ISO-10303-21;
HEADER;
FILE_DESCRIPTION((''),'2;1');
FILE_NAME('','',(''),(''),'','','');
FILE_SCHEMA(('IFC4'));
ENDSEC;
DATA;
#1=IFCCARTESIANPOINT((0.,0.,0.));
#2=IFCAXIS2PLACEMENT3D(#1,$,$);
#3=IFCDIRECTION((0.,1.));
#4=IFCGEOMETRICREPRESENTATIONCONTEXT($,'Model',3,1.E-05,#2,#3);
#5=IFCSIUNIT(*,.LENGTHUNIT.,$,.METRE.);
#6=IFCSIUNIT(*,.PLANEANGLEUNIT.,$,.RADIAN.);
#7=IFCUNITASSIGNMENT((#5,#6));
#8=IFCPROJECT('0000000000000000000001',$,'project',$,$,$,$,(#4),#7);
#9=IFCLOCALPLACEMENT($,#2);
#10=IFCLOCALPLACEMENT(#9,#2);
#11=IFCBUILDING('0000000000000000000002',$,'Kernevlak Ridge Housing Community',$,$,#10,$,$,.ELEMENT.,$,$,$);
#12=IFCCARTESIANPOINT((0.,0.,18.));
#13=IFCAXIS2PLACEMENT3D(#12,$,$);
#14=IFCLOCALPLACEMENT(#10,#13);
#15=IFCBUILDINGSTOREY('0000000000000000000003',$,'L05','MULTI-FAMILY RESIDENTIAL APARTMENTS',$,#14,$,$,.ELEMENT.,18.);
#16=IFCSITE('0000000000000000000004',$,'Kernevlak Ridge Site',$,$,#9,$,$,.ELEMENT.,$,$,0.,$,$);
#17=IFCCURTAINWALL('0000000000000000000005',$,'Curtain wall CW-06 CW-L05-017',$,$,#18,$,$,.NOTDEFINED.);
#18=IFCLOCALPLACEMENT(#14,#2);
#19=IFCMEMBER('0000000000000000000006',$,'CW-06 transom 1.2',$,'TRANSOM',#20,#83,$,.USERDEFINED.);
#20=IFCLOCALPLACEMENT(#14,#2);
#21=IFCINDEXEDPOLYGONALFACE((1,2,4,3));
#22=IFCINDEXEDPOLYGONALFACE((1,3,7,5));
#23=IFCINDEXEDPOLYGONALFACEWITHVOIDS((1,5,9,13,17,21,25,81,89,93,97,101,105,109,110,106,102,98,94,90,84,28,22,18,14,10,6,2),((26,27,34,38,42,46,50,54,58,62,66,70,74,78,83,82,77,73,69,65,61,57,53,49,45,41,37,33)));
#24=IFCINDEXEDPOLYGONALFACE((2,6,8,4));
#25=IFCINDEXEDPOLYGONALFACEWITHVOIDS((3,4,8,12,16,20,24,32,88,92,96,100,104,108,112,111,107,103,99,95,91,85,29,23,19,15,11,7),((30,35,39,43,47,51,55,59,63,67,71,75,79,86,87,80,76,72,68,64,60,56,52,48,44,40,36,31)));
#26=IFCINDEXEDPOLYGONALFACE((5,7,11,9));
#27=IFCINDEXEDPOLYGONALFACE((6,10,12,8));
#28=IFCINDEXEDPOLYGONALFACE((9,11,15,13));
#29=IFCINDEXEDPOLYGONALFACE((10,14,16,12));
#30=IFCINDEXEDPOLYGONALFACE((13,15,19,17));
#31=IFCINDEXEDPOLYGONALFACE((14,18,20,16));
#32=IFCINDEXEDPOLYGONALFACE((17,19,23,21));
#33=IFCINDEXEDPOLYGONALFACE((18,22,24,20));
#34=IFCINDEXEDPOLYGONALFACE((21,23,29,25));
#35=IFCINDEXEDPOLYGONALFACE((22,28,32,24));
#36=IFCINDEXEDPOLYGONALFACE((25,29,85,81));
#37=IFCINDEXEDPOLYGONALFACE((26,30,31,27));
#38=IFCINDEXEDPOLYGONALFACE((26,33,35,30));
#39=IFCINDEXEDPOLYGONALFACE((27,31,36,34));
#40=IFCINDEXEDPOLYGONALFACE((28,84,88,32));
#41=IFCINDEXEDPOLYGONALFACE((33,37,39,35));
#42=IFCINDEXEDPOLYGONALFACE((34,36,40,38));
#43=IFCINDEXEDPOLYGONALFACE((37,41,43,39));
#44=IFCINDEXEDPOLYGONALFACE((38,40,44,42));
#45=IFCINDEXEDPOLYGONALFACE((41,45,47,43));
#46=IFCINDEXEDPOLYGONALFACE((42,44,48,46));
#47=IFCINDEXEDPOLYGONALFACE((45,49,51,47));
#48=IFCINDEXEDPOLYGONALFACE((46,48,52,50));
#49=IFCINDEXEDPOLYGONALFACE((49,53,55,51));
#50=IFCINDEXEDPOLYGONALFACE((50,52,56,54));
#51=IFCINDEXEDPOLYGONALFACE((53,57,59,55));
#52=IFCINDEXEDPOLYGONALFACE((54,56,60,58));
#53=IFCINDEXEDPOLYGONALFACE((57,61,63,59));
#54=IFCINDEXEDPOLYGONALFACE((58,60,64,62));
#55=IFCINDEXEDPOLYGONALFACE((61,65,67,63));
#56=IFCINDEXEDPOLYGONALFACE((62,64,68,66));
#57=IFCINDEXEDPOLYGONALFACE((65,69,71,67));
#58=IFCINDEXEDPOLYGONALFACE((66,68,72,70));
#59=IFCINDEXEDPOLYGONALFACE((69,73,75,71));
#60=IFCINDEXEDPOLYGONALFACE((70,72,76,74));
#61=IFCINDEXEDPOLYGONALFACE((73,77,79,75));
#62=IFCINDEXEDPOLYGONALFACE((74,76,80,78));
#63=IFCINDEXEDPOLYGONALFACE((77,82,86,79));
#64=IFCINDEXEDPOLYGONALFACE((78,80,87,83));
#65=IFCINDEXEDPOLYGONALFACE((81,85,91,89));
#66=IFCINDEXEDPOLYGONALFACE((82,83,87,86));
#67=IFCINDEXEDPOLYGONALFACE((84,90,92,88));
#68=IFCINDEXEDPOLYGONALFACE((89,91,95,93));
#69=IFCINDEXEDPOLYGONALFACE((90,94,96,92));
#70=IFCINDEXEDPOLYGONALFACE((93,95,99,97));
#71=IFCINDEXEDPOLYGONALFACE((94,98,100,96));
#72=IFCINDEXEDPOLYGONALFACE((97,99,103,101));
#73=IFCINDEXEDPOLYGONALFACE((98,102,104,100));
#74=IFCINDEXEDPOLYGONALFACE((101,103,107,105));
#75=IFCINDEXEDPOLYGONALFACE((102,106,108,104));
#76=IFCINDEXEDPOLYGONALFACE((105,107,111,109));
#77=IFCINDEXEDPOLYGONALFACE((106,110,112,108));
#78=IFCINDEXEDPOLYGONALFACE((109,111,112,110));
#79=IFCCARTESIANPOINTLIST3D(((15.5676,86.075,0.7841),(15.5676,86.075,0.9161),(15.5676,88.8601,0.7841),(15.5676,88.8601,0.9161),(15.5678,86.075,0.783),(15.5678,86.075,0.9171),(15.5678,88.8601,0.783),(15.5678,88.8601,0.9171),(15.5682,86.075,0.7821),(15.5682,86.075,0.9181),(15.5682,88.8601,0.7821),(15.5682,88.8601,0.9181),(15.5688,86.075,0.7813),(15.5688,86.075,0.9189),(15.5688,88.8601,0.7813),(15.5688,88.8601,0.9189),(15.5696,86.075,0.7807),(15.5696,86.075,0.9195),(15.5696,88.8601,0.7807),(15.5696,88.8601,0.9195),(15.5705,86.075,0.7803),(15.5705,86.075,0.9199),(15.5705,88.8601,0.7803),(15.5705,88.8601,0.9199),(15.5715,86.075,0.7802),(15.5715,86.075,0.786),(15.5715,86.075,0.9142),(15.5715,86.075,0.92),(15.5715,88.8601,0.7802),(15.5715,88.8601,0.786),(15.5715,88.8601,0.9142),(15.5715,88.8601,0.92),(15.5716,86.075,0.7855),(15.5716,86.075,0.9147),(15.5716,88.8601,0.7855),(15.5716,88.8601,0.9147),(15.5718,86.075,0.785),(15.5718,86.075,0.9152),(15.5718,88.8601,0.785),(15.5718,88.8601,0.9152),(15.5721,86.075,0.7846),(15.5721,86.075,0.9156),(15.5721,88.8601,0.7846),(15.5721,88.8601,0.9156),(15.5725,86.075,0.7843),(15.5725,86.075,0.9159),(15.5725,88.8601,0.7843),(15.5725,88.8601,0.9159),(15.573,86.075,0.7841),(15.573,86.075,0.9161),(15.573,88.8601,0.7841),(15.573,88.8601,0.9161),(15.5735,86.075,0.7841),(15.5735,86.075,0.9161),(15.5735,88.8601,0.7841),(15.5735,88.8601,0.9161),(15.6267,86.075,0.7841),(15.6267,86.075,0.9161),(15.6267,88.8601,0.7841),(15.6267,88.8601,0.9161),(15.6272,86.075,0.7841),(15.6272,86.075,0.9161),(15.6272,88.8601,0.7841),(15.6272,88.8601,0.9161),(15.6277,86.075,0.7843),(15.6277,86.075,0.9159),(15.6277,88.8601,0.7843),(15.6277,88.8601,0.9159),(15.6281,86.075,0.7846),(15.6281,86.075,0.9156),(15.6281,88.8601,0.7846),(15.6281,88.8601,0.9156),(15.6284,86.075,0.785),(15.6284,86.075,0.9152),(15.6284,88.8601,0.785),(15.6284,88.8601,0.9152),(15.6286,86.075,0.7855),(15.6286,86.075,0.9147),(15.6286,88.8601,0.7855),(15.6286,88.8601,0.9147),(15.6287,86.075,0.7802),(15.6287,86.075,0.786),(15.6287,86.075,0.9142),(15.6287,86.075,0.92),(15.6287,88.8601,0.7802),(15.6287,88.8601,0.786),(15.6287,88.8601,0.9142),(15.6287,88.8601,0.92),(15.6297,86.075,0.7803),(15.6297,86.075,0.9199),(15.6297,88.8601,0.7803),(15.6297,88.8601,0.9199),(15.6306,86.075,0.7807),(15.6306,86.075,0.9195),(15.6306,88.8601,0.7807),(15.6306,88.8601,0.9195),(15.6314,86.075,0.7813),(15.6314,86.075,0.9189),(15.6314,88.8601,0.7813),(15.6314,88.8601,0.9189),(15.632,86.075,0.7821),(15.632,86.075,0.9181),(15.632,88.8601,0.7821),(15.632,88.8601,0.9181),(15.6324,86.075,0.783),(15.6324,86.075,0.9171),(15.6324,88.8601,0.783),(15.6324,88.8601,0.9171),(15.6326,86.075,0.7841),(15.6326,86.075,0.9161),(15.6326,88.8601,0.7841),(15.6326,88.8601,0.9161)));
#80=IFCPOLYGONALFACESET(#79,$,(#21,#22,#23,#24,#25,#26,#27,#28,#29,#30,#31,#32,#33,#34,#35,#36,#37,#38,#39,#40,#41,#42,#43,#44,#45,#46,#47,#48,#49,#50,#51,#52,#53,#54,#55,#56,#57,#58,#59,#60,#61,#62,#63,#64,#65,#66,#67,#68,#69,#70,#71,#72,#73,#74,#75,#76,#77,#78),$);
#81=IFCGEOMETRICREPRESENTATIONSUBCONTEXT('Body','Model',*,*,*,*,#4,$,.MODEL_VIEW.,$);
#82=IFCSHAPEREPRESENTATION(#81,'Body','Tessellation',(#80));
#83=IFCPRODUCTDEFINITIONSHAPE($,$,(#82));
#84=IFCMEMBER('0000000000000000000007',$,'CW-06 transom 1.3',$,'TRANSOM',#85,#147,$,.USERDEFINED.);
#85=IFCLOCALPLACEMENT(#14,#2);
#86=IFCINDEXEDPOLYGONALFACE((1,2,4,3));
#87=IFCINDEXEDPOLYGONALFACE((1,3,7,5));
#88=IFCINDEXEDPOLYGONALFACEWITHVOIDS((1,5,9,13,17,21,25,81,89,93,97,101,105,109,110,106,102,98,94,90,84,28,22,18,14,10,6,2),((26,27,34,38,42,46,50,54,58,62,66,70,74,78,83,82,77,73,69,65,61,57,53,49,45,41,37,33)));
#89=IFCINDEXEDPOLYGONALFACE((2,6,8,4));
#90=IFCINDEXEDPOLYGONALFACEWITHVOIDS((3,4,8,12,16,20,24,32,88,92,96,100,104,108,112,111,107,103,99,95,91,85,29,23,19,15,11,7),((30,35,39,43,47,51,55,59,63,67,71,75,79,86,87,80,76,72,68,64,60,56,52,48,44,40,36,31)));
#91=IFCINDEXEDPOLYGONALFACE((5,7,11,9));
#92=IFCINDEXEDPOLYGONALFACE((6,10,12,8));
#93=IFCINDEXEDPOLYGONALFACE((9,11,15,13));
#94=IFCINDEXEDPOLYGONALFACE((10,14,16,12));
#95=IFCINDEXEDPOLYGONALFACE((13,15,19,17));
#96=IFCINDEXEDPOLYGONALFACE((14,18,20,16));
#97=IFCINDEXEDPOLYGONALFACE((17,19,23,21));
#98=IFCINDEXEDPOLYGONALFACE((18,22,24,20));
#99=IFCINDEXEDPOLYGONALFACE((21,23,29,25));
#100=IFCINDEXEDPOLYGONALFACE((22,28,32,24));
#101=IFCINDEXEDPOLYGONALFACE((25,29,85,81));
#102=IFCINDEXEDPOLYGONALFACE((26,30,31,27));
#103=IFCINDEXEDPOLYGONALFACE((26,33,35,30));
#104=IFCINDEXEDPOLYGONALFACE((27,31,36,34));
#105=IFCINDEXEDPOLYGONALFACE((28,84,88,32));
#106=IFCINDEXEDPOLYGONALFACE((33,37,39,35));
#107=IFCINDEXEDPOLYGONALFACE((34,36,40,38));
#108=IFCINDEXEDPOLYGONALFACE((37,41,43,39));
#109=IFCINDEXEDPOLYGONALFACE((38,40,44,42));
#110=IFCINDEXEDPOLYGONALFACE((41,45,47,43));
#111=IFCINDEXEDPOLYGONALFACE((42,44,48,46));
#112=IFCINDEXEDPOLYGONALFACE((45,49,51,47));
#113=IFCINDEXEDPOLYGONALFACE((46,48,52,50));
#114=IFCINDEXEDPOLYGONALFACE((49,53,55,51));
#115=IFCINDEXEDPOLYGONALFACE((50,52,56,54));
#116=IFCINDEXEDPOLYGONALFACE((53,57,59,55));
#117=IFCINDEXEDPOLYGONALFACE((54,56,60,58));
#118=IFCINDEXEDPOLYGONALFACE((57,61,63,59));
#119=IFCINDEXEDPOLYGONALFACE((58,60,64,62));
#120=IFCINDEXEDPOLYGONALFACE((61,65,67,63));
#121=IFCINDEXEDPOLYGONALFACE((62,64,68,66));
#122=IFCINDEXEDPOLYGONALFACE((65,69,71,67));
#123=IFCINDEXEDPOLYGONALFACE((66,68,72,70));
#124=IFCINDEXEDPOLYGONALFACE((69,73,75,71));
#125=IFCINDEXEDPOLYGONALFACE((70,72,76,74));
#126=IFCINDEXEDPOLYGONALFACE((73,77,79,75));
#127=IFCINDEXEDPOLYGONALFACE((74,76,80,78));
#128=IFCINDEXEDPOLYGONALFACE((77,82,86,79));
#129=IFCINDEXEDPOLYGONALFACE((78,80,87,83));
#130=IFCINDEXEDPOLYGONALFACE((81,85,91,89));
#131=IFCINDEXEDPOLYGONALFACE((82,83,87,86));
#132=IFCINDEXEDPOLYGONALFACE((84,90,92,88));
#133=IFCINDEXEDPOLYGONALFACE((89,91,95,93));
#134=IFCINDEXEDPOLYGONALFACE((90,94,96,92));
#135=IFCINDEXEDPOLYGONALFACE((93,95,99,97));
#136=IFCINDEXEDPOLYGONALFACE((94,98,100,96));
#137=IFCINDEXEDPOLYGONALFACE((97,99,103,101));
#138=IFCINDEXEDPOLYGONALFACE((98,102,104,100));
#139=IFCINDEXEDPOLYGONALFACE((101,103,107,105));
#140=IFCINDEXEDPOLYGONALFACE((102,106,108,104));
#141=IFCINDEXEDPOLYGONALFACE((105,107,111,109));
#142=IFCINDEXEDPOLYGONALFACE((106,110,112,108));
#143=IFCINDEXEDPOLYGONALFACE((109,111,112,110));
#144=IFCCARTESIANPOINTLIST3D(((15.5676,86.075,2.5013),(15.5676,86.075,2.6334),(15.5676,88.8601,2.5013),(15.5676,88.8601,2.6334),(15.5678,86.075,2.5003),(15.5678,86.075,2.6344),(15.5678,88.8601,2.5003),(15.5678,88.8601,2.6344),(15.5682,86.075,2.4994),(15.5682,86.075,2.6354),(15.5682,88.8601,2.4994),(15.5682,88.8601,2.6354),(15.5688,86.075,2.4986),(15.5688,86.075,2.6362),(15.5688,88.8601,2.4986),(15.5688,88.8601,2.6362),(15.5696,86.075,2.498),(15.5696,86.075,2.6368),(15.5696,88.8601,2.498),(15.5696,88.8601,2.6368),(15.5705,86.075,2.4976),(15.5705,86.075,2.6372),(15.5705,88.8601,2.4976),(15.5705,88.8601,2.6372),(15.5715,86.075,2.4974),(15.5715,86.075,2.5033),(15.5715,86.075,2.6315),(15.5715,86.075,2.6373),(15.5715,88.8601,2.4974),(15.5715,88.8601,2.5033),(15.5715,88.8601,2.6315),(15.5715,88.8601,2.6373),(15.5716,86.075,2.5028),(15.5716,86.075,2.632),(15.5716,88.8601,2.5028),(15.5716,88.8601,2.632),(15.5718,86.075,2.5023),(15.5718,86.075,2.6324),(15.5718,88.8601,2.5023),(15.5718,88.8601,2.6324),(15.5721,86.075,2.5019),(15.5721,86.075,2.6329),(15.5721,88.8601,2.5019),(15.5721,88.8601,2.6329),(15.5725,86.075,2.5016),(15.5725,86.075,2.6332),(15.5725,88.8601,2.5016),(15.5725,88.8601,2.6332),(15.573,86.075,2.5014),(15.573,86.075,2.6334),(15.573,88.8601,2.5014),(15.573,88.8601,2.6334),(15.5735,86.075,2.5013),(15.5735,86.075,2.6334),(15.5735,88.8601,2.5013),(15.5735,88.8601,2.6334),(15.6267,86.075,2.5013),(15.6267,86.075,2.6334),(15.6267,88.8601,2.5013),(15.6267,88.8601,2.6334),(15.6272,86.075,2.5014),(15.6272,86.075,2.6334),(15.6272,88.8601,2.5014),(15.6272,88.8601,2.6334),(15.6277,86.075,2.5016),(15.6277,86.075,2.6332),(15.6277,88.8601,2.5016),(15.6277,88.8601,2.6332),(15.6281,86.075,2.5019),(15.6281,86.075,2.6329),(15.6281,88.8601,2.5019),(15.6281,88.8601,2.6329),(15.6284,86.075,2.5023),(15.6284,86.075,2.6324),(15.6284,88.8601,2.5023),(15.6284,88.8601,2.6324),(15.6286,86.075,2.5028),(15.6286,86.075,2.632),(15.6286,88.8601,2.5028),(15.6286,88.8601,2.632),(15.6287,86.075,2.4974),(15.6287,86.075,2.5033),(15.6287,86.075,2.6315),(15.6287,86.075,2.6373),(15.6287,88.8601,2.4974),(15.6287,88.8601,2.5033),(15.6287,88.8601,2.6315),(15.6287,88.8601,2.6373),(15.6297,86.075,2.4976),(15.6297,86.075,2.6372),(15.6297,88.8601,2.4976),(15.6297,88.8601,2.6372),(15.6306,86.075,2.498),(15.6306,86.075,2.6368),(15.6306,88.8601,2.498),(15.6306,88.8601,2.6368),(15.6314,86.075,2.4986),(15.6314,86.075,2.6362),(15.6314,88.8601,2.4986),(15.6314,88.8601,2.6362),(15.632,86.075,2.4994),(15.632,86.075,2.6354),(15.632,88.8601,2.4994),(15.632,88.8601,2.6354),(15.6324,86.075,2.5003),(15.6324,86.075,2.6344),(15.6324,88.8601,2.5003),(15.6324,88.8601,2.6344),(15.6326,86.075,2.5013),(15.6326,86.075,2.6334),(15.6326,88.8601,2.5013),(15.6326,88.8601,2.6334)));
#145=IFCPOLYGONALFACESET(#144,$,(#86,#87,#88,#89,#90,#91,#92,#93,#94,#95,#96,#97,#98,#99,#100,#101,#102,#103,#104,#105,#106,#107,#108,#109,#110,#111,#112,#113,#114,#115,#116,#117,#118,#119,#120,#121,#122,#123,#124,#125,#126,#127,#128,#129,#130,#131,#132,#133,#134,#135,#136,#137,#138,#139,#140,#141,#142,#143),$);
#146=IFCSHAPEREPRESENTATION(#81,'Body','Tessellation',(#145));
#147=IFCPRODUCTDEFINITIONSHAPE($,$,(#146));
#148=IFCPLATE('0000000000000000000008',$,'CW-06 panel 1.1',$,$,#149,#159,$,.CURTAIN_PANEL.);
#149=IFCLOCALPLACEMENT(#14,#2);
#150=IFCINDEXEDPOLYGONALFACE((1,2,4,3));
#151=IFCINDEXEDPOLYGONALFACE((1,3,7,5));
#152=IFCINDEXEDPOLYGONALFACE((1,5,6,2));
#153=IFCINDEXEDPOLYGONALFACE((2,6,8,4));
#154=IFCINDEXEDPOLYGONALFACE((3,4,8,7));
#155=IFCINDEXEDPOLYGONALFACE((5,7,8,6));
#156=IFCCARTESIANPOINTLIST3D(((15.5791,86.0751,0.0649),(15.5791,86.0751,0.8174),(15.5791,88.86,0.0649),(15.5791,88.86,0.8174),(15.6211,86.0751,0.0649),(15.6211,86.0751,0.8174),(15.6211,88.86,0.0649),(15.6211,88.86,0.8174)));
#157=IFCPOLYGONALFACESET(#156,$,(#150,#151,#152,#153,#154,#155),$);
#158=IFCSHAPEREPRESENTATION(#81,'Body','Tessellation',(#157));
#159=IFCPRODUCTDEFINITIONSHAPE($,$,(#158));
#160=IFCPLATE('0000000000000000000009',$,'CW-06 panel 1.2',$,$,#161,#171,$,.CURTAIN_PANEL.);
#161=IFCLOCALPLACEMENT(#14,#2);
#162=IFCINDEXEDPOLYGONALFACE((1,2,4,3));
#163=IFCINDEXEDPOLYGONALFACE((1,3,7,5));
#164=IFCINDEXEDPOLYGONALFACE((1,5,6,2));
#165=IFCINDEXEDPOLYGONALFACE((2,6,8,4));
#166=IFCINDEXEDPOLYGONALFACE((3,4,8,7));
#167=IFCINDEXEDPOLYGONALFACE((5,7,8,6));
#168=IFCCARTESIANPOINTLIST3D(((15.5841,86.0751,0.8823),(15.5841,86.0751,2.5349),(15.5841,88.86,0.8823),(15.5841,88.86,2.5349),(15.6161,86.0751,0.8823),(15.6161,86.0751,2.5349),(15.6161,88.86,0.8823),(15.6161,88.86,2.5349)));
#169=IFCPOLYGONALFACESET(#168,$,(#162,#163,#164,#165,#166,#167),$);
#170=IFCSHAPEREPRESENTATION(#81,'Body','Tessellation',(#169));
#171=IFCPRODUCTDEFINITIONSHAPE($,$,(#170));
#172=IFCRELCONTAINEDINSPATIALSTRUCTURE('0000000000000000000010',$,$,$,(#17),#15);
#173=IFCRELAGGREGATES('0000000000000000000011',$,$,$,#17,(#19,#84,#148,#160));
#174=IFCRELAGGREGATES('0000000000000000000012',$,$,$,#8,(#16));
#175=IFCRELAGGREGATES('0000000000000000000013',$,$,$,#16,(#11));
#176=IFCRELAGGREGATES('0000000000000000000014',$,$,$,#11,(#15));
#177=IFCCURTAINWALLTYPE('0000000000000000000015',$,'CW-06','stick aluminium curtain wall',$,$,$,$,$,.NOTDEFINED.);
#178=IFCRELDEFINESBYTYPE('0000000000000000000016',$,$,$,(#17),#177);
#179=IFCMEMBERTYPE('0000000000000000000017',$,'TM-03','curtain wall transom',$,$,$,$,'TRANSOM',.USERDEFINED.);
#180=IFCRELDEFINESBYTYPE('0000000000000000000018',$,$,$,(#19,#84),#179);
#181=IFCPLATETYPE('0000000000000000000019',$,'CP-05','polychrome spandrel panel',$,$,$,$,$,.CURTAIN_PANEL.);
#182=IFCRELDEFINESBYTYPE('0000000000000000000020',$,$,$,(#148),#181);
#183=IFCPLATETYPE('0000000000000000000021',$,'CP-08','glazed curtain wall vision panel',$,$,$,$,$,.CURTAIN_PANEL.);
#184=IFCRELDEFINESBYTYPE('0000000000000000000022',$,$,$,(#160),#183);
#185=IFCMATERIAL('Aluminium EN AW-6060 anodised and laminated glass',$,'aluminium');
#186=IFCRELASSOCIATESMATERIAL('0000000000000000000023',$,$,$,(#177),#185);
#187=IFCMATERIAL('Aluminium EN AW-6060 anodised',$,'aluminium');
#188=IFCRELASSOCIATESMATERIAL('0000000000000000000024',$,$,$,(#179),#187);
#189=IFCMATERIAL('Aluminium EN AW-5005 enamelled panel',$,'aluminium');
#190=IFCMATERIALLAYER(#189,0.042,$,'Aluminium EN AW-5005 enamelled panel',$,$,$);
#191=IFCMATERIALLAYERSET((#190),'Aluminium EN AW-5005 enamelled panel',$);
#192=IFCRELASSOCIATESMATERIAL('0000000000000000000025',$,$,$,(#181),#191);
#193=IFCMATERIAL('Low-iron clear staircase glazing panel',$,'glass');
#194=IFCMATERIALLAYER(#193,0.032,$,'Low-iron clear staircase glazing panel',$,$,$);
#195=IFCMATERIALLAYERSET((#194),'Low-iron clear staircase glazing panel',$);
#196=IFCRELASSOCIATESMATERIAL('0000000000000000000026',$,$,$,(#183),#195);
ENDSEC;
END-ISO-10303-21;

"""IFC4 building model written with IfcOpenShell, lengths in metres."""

from ifc_helpers import new_model, si_unit, direction, frame, origin, origin_2d, place, context, subcontext, project, spatial, rectangle, hollow_rectangle, extrude, material, layer, layer_set, material_profile, profile_set, type_object, element, aggregate, save


model = new_model("IFC4")

# Units and contexts
model_context = context("Model", 3, precision=1e-05, world=origin(), true_north=direction((0.0, 1.0)))
body_context = subcontext(model_context, "Body", "Model", "MODEL_VIEW")
ifc_project = project(units=[si_unit("LENGTHUNIT", "METRE"), si_unit("PLANEANGLEUNIT", "RADIAN")], contexts=[model_context])

# Site, building, storey
site_placement = place(None, origin())
site = spatial("IfcSite", under=ifc_project, at=site_placement, Name="Kernevlak Ridge Site", CompositionType="ELEMENT", RefElevation=0.0)
building_placement = place(site_placement, origin())
building = spatial("IfcBuilding", under=site, at=building_placement, Name="Kernevlak Ridge Housing Community", CompositionType="ELEMENT")
storey_placement = place(building_placement, frame((0.0, 0.0, 18.0)))
storey = spatial("IfcBuildingStorey", under=building, at=storey_placement, Name="L05", Description="MULTI-FAMILY RESIDENTIAL APARTMENTS", CompositionType="ELEMENT", Elevation=18.0)

# Shared definitions
ifc_material_1 = material(Name="Aluminium EN AW-6060 anodised and laminated glass", Category="aluminium")
ifc_material_2 = material(Name="Aluminium EN AW-6060 anodised", Category="aluminium")

# Curtain wall
curtain_wall_type_1 = type_object("IfcCurtainWallType", Name="CW-06", Description="stick aluminium curtain wall", PredefinedType="NOTDEFINED", material=ifc_material_1)
curtain_wall_1_placement = place(storey_placement, origin())
curtain_wall_1 = element("IfcCurtainWall", 1, at=curtain_wall_1_placement, inside=storey, type_object=curtain_wall_type_1, Name="Curtain wall CW-06 CW-L05-017", PredefinedType="NOTDEFINED")

# Members
ifc_material_profile_1 = material_profile(ifc_material_2, hollow_rectangle(XDim=0.0649, YDim=0.1399, WallThickness=0.0039, InnerFilletRadius=0.002, OuterFilletRadius=0.0039, at=origin_2d()), Name="ALU 65x140x4")
ifc_profile_set_1 = profile_set([ifc_material_profile_1], Name="Aluminium EN AW-6060 anodised")
member_type_1 = type_object("IfcMemberType", Name="TM-03", Description="curtain wall transom", ElementType="TRANSOM", PredefinedType="USERDEFINED", material=ifc_profile_set_1)
member_1_placement = place(storey_placement, frame((15.6001, 86.075, 0.8501), z_axis=(0.0, 1.0, 0.0), x_axis=(-1.0, 0.0, 0.0)))
member_1 = element("IfcMember", 2, at=member_1_placement, type_object=member_type_1, Name="CW-06 transom 1.2", ObjectType="TRANSOM", PredefinedType="USERDEFINED", context=body_context, shape_type="SweptSolid", body=[
    extrude(hollow_rectangle(XDim=0.0649, YDim=0.1399, WallThickness=0.0039, InnerFilletRadius=0.002, OuterFilletRadius=0.0039, at=origin_2d()), origin(), (0.0, 0.0, 1.0), 2.7852),
])
member_2_placement = place(storey_placement, frame((15.6001, 86.075, 2.5674), z_axis=(0.0, 1.0, 0.0), x_axis=(-1.0, 0.0, 0.0)))
member_2 = element("IfcMember", 3, at=member_2_placement, type_object=member_type_1, Name="CW-06 transom 1.3", ObjectType="TRANSOM", PredefinedType="USERDEFINED", context=body_context, shape_type="SweptSolid", body=[
    extrude(hollow_rectangle(XDim=0.0649, YDim=0.1399, WallThickness=0.0039, InnerFilletRadius=0.002, OuterFilletRadius=0.0039, at=origin_2d()), origin(), (0.0, 0.0, 1.0), 2.7852),
])

# Plates
ifc_material_3 = material(Name="Aluminium EN AW-5005 enamelled panel", Category="aluminium")
ifc_layer_1 = layer(ifc_material_3, 0.042, Name="Aluminium EN AW-5005 enamelled panel")
ifc_layer_set_1 = layer_set([ifc_layer_1], Name="Aluminium EN AW-5005 enamelled panel")
plate_type_1 = type_object("IfcPlateType", Name="CP-05", Description="polychrome spandrel panel", PredefinedType="CURTAIN_PANEL", material=ifc_layer_set_1)
plate_1_placement = place(storey_placement, frame((15.6001, 87.4675, 0.0649), z_axis=(0.0, 0.0, 1.0), x_axis=(0.0, 1.0, 0.0)))
plate_1 = element("IfcPlate", 4, at=plate_1_placement, type_object=plate_type_1, Name="CW-06 panel 1.1", PredefinedType="CURTAIN_PANEL", context=body_context, shape_type="SweptSolid", body=[
    extrude(rectangle(XDim=2.7849, YDim=0.042, at=origin_2d()), origin(), (0.0, 0.0, 1.0), 0.7524),
])
ifc_material_4 = material(Name="Low-iron clear staircase glazing panel", Category="glass")
ifc_layer_2 = layer(ifc_material_4, 0.032, Name="Low-iron clear staircase glazing panel")
ifc_layer_set_2 = layer_set([ifc_layer_2], Name="Low-iron clear staircase glazing panel")
plate_type_2 = type_object("IfcPlateType", Name="CP-08", Description="glazed curtain wall vision panel", PredefinedType="CURTAIN_PANEL", material=ifc_layer_set_2)
plate_2_placement = place(storey_placement, frame((15.6001, 87.4675, 0.8823), z_axis=(0.0, 0.0, 1.0), x_axis=(0.0, 1.0, 0.0)))
plate_2 = element("IfcPlate", 5, at=plate_2_placement, type_object=plate_type_2, Name="CW-06 panel 1.2", PredefinedType="CURTAIN_PANEL", context=body_context, shape_type="SweptSolid", body=[
    extrude(rectangle(XDim=2.7849, YDim=0.032, at=origin_2d()), origin(), (0.0, 0.0, 1.0), 1.6526),
])
aggregate(curtain_wall_1, [member_1, member_2, plate_1, plate_2])

save(model, "model.ifc")
